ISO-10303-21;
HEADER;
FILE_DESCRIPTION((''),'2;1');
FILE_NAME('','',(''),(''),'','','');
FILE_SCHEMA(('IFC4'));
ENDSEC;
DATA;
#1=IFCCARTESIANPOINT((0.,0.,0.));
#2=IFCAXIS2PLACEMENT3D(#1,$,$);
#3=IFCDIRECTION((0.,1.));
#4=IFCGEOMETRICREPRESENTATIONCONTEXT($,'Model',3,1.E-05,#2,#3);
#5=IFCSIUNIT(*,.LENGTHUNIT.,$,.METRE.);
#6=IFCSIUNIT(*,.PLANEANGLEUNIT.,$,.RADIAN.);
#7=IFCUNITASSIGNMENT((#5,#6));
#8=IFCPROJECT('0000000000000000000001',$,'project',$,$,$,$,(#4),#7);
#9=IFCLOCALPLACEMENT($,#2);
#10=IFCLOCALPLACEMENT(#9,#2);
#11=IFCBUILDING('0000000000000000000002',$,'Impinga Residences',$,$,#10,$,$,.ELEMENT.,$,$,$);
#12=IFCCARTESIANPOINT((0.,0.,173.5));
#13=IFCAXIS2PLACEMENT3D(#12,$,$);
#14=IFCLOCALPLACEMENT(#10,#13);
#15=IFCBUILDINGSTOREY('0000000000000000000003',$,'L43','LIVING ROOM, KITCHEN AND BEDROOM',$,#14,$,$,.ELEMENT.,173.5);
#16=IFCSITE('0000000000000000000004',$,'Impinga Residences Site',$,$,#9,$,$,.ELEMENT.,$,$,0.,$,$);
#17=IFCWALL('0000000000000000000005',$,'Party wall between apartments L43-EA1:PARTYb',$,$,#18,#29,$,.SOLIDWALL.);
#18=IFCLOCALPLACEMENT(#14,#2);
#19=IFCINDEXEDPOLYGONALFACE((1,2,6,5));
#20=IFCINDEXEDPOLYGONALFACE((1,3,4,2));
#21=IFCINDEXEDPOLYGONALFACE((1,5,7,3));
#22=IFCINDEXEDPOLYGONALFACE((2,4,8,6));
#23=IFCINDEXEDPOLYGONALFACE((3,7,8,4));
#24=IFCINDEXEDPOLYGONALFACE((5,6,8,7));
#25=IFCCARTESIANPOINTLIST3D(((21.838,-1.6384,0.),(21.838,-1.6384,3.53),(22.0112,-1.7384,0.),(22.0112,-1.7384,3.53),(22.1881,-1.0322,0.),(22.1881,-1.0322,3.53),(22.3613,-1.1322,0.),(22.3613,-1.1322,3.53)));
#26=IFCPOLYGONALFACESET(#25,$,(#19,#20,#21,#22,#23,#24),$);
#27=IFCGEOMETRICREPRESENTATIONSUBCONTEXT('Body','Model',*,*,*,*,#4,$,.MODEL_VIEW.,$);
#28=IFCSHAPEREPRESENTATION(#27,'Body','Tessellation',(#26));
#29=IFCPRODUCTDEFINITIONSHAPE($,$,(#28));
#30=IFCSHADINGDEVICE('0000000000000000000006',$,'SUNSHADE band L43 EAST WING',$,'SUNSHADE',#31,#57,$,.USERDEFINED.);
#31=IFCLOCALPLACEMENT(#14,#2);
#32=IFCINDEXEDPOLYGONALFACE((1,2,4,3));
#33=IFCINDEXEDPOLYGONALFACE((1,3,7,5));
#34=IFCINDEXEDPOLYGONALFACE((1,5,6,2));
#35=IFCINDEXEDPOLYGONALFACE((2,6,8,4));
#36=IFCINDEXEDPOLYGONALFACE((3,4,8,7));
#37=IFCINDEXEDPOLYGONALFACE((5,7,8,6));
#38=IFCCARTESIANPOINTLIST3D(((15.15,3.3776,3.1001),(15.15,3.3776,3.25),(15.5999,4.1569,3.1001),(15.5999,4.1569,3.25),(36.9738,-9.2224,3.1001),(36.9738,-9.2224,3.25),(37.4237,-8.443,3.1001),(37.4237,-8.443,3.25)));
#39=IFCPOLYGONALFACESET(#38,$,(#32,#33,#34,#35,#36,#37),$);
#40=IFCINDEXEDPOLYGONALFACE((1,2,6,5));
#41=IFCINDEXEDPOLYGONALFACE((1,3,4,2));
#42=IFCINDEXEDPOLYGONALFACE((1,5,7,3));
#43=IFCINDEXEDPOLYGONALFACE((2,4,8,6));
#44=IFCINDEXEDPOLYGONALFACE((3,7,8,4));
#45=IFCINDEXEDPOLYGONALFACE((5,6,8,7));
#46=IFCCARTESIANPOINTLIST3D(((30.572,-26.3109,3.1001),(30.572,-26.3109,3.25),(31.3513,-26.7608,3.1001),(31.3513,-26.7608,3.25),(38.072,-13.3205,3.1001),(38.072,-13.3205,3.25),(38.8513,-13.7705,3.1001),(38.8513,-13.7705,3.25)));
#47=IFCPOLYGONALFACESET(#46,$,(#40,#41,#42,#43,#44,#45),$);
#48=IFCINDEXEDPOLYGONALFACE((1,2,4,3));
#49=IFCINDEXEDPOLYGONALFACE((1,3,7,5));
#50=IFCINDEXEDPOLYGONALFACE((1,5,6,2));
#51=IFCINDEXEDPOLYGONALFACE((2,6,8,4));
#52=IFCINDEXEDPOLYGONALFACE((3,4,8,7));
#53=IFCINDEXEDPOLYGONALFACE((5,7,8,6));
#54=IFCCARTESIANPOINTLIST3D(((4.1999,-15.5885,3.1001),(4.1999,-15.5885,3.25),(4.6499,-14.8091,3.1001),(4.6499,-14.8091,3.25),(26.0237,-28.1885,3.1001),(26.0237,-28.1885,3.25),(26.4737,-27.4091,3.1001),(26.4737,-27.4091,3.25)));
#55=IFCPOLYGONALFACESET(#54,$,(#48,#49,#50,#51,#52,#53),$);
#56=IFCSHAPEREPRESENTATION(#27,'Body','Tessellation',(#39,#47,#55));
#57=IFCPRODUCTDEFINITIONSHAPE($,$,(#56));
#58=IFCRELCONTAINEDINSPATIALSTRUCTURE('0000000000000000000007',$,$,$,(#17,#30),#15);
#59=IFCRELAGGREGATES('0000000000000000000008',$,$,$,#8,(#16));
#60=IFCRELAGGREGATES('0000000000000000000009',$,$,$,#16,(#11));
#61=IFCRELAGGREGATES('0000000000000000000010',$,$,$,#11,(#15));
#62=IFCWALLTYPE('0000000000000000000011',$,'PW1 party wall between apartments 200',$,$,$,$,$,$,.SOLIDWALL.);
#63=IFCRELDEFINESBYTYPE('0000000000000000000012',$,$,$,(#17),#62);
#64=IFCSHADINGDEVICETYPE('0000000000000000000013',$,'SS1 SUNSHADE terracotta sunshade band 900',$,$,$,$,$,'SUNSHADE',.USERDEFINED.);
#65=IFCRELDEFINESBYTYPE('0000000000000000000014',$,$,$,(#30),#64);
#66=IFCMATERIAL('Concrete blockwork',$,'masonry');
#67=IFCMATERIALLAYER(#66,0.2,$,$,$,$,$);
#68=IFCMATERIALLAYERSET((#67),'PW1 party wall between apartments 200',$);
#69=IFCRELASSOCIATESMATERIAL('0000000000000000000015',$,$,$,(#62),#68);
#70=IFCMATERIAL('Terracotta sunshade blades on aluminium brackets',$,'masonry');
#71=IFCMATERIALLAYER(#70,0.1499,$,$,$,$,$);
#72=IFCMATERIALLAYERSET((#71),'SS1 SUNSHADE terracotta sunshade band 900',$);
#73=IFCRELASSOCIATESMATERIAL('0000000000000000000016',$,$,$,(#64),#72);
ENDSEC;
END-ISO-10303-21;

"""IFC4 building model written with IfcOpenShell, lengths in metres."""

from ifc_helpers import new_model, si_unit, direction, frame, frame_2d, origin, origin_2d, place, context, subcontext, project, spatial, rectangle, extrude, material, layer, layer_set, type_object, element, save


model = new_model("IFC4")

# Units and contexts
model_context = context("Model", 3, precision=1e-05, world=origin(), true_north=direction((0.0, 1.0)))
body_context = subcontext(model_context, "Body", "Model", "MODEL_VIEW")
ifc_project = project(units=[si_unit("LENGTHUNIT", "METRE"), si_unit("PLANEANGLEUNIT", "RADIAN")], contexts=[model_context])

# Site, building, storey
site_placement = place(None, origin())
site = spatial("IfcSite", under=ifc_project, at=site_placement, Name="Impinga Residences Site", CompositionType="ELEMENT", RefElevation=0.0)
building_placement = place(site_placement, origin())
building = spatial("IfcBuilding", under=site, at=building_placement, Name="Impinga Residences", CompositionType="ELEMENT")
storey_placement = place(building_placement, frame((0.0, 0.0, 173.5)))
storey = spatial("IfcBuildingStorey", under=building, at=storey_placement, Name="L43", Description="LIVING ROOM, KITCHEN AND BEDROOM", CompositionType="ELEMENT", Elevation=173.5)

# Wall
ifc_material_1 = material(Name="Concrete blockwork", Category="masonry")
ifc_layer_1 = layer(ifc_material_1, 0.2)
ifc_layer_set_1 = layer_set([ifc_layer_1], Name="PW1 party wall between apartments 200")
wall_type_1 = type_object("IfcWallType", Name="PW1 party wall between apartments 200", PredefinedType="SOLIDWALL", material=ifc_layer_set_1)
wall_1_placement = place(storey_placement, frame((21.9246, -1.6885, 0.0), z_axis=(0.0, 0.0, 1.0), x_axis=(0.500115, 0.865959, 0.0)))
element("IfcWall", 1, at=wall_1_placement, inside=storey, type_object=wall_type_1, Name="Party wall between apartments L43-EA1:PARTYb", PredefinedType="SOLIDWALL", context=body_context, shape_type="SweptSolid", body=[
    extrude(rectangle(XDim=0.7, YDim=0.2, at=frame_2d((0.3501, 0.0))), origin(), (0.0, 0.0, 1.0), 3.53),
])

# Shading device
ifc_material_2 = material(Name="Terracotta sunshade blades on aluminium brackets", Category="masonry")
ifc_layer_2 = layer(ifc_material_2, 0.1499)
ifc_layer_set_2 = layer_set([ifc_layer_2], Name="SS1 SUNSHADE terracotta sunshade band 900")
shading_device_type = type_object("IfcShadingDeviceType", Name="SS1 SUNSHADE terracotta sunshade band 900", ElementType="SUNSHADE", PredefinedType="USERDEFINED", material=ifc_layer_set_2)
shading_device_placement = place(storey_placement, frame((26.2869, -2.5327, 3.1001), z_axis=(0.0, 0.0, 1.0), x_axis=(0.866025, -0.5, 0.0)))
element("IfcShadingDevice", 2, at=shading_device_placement, inside=storey, type_object=shading_device_type, Name="SUNSHADE band L43 EAST WING", ObjectType="SUNSHADE", PredefinedType="USERDEFINED", context=body_context, shape_type="SweptSolid", body=[
    extrude(rectangle(XDim=25.2, YDim=0.8999, at=origin_2d()), origin(), (0.0, 0.0, 1.0), 0.1499),
    extrude(rectangle(XDim=15.0, YDim=0.8999, at=origin_2d()), frame((16.05, -10.95, 0.0), z_axis=(0.0, 0.0, 1.0), x_axis=(0.0, -1.0, 0.0)), (0.0, 0.0, 1.0), 0.1499),
    extrude(rectangle(XDim=25.2, YDim=0.8999, at=origin_2d()), frame((0.0, -21.9001, 0.0), z_axis=(0.0, 0.0, 1.0), x_axis=(-1.0, 0.0, 0.0)), (0.0, 0.0, 1.0), 0.1499),
])

save(model, "model.ifc")
